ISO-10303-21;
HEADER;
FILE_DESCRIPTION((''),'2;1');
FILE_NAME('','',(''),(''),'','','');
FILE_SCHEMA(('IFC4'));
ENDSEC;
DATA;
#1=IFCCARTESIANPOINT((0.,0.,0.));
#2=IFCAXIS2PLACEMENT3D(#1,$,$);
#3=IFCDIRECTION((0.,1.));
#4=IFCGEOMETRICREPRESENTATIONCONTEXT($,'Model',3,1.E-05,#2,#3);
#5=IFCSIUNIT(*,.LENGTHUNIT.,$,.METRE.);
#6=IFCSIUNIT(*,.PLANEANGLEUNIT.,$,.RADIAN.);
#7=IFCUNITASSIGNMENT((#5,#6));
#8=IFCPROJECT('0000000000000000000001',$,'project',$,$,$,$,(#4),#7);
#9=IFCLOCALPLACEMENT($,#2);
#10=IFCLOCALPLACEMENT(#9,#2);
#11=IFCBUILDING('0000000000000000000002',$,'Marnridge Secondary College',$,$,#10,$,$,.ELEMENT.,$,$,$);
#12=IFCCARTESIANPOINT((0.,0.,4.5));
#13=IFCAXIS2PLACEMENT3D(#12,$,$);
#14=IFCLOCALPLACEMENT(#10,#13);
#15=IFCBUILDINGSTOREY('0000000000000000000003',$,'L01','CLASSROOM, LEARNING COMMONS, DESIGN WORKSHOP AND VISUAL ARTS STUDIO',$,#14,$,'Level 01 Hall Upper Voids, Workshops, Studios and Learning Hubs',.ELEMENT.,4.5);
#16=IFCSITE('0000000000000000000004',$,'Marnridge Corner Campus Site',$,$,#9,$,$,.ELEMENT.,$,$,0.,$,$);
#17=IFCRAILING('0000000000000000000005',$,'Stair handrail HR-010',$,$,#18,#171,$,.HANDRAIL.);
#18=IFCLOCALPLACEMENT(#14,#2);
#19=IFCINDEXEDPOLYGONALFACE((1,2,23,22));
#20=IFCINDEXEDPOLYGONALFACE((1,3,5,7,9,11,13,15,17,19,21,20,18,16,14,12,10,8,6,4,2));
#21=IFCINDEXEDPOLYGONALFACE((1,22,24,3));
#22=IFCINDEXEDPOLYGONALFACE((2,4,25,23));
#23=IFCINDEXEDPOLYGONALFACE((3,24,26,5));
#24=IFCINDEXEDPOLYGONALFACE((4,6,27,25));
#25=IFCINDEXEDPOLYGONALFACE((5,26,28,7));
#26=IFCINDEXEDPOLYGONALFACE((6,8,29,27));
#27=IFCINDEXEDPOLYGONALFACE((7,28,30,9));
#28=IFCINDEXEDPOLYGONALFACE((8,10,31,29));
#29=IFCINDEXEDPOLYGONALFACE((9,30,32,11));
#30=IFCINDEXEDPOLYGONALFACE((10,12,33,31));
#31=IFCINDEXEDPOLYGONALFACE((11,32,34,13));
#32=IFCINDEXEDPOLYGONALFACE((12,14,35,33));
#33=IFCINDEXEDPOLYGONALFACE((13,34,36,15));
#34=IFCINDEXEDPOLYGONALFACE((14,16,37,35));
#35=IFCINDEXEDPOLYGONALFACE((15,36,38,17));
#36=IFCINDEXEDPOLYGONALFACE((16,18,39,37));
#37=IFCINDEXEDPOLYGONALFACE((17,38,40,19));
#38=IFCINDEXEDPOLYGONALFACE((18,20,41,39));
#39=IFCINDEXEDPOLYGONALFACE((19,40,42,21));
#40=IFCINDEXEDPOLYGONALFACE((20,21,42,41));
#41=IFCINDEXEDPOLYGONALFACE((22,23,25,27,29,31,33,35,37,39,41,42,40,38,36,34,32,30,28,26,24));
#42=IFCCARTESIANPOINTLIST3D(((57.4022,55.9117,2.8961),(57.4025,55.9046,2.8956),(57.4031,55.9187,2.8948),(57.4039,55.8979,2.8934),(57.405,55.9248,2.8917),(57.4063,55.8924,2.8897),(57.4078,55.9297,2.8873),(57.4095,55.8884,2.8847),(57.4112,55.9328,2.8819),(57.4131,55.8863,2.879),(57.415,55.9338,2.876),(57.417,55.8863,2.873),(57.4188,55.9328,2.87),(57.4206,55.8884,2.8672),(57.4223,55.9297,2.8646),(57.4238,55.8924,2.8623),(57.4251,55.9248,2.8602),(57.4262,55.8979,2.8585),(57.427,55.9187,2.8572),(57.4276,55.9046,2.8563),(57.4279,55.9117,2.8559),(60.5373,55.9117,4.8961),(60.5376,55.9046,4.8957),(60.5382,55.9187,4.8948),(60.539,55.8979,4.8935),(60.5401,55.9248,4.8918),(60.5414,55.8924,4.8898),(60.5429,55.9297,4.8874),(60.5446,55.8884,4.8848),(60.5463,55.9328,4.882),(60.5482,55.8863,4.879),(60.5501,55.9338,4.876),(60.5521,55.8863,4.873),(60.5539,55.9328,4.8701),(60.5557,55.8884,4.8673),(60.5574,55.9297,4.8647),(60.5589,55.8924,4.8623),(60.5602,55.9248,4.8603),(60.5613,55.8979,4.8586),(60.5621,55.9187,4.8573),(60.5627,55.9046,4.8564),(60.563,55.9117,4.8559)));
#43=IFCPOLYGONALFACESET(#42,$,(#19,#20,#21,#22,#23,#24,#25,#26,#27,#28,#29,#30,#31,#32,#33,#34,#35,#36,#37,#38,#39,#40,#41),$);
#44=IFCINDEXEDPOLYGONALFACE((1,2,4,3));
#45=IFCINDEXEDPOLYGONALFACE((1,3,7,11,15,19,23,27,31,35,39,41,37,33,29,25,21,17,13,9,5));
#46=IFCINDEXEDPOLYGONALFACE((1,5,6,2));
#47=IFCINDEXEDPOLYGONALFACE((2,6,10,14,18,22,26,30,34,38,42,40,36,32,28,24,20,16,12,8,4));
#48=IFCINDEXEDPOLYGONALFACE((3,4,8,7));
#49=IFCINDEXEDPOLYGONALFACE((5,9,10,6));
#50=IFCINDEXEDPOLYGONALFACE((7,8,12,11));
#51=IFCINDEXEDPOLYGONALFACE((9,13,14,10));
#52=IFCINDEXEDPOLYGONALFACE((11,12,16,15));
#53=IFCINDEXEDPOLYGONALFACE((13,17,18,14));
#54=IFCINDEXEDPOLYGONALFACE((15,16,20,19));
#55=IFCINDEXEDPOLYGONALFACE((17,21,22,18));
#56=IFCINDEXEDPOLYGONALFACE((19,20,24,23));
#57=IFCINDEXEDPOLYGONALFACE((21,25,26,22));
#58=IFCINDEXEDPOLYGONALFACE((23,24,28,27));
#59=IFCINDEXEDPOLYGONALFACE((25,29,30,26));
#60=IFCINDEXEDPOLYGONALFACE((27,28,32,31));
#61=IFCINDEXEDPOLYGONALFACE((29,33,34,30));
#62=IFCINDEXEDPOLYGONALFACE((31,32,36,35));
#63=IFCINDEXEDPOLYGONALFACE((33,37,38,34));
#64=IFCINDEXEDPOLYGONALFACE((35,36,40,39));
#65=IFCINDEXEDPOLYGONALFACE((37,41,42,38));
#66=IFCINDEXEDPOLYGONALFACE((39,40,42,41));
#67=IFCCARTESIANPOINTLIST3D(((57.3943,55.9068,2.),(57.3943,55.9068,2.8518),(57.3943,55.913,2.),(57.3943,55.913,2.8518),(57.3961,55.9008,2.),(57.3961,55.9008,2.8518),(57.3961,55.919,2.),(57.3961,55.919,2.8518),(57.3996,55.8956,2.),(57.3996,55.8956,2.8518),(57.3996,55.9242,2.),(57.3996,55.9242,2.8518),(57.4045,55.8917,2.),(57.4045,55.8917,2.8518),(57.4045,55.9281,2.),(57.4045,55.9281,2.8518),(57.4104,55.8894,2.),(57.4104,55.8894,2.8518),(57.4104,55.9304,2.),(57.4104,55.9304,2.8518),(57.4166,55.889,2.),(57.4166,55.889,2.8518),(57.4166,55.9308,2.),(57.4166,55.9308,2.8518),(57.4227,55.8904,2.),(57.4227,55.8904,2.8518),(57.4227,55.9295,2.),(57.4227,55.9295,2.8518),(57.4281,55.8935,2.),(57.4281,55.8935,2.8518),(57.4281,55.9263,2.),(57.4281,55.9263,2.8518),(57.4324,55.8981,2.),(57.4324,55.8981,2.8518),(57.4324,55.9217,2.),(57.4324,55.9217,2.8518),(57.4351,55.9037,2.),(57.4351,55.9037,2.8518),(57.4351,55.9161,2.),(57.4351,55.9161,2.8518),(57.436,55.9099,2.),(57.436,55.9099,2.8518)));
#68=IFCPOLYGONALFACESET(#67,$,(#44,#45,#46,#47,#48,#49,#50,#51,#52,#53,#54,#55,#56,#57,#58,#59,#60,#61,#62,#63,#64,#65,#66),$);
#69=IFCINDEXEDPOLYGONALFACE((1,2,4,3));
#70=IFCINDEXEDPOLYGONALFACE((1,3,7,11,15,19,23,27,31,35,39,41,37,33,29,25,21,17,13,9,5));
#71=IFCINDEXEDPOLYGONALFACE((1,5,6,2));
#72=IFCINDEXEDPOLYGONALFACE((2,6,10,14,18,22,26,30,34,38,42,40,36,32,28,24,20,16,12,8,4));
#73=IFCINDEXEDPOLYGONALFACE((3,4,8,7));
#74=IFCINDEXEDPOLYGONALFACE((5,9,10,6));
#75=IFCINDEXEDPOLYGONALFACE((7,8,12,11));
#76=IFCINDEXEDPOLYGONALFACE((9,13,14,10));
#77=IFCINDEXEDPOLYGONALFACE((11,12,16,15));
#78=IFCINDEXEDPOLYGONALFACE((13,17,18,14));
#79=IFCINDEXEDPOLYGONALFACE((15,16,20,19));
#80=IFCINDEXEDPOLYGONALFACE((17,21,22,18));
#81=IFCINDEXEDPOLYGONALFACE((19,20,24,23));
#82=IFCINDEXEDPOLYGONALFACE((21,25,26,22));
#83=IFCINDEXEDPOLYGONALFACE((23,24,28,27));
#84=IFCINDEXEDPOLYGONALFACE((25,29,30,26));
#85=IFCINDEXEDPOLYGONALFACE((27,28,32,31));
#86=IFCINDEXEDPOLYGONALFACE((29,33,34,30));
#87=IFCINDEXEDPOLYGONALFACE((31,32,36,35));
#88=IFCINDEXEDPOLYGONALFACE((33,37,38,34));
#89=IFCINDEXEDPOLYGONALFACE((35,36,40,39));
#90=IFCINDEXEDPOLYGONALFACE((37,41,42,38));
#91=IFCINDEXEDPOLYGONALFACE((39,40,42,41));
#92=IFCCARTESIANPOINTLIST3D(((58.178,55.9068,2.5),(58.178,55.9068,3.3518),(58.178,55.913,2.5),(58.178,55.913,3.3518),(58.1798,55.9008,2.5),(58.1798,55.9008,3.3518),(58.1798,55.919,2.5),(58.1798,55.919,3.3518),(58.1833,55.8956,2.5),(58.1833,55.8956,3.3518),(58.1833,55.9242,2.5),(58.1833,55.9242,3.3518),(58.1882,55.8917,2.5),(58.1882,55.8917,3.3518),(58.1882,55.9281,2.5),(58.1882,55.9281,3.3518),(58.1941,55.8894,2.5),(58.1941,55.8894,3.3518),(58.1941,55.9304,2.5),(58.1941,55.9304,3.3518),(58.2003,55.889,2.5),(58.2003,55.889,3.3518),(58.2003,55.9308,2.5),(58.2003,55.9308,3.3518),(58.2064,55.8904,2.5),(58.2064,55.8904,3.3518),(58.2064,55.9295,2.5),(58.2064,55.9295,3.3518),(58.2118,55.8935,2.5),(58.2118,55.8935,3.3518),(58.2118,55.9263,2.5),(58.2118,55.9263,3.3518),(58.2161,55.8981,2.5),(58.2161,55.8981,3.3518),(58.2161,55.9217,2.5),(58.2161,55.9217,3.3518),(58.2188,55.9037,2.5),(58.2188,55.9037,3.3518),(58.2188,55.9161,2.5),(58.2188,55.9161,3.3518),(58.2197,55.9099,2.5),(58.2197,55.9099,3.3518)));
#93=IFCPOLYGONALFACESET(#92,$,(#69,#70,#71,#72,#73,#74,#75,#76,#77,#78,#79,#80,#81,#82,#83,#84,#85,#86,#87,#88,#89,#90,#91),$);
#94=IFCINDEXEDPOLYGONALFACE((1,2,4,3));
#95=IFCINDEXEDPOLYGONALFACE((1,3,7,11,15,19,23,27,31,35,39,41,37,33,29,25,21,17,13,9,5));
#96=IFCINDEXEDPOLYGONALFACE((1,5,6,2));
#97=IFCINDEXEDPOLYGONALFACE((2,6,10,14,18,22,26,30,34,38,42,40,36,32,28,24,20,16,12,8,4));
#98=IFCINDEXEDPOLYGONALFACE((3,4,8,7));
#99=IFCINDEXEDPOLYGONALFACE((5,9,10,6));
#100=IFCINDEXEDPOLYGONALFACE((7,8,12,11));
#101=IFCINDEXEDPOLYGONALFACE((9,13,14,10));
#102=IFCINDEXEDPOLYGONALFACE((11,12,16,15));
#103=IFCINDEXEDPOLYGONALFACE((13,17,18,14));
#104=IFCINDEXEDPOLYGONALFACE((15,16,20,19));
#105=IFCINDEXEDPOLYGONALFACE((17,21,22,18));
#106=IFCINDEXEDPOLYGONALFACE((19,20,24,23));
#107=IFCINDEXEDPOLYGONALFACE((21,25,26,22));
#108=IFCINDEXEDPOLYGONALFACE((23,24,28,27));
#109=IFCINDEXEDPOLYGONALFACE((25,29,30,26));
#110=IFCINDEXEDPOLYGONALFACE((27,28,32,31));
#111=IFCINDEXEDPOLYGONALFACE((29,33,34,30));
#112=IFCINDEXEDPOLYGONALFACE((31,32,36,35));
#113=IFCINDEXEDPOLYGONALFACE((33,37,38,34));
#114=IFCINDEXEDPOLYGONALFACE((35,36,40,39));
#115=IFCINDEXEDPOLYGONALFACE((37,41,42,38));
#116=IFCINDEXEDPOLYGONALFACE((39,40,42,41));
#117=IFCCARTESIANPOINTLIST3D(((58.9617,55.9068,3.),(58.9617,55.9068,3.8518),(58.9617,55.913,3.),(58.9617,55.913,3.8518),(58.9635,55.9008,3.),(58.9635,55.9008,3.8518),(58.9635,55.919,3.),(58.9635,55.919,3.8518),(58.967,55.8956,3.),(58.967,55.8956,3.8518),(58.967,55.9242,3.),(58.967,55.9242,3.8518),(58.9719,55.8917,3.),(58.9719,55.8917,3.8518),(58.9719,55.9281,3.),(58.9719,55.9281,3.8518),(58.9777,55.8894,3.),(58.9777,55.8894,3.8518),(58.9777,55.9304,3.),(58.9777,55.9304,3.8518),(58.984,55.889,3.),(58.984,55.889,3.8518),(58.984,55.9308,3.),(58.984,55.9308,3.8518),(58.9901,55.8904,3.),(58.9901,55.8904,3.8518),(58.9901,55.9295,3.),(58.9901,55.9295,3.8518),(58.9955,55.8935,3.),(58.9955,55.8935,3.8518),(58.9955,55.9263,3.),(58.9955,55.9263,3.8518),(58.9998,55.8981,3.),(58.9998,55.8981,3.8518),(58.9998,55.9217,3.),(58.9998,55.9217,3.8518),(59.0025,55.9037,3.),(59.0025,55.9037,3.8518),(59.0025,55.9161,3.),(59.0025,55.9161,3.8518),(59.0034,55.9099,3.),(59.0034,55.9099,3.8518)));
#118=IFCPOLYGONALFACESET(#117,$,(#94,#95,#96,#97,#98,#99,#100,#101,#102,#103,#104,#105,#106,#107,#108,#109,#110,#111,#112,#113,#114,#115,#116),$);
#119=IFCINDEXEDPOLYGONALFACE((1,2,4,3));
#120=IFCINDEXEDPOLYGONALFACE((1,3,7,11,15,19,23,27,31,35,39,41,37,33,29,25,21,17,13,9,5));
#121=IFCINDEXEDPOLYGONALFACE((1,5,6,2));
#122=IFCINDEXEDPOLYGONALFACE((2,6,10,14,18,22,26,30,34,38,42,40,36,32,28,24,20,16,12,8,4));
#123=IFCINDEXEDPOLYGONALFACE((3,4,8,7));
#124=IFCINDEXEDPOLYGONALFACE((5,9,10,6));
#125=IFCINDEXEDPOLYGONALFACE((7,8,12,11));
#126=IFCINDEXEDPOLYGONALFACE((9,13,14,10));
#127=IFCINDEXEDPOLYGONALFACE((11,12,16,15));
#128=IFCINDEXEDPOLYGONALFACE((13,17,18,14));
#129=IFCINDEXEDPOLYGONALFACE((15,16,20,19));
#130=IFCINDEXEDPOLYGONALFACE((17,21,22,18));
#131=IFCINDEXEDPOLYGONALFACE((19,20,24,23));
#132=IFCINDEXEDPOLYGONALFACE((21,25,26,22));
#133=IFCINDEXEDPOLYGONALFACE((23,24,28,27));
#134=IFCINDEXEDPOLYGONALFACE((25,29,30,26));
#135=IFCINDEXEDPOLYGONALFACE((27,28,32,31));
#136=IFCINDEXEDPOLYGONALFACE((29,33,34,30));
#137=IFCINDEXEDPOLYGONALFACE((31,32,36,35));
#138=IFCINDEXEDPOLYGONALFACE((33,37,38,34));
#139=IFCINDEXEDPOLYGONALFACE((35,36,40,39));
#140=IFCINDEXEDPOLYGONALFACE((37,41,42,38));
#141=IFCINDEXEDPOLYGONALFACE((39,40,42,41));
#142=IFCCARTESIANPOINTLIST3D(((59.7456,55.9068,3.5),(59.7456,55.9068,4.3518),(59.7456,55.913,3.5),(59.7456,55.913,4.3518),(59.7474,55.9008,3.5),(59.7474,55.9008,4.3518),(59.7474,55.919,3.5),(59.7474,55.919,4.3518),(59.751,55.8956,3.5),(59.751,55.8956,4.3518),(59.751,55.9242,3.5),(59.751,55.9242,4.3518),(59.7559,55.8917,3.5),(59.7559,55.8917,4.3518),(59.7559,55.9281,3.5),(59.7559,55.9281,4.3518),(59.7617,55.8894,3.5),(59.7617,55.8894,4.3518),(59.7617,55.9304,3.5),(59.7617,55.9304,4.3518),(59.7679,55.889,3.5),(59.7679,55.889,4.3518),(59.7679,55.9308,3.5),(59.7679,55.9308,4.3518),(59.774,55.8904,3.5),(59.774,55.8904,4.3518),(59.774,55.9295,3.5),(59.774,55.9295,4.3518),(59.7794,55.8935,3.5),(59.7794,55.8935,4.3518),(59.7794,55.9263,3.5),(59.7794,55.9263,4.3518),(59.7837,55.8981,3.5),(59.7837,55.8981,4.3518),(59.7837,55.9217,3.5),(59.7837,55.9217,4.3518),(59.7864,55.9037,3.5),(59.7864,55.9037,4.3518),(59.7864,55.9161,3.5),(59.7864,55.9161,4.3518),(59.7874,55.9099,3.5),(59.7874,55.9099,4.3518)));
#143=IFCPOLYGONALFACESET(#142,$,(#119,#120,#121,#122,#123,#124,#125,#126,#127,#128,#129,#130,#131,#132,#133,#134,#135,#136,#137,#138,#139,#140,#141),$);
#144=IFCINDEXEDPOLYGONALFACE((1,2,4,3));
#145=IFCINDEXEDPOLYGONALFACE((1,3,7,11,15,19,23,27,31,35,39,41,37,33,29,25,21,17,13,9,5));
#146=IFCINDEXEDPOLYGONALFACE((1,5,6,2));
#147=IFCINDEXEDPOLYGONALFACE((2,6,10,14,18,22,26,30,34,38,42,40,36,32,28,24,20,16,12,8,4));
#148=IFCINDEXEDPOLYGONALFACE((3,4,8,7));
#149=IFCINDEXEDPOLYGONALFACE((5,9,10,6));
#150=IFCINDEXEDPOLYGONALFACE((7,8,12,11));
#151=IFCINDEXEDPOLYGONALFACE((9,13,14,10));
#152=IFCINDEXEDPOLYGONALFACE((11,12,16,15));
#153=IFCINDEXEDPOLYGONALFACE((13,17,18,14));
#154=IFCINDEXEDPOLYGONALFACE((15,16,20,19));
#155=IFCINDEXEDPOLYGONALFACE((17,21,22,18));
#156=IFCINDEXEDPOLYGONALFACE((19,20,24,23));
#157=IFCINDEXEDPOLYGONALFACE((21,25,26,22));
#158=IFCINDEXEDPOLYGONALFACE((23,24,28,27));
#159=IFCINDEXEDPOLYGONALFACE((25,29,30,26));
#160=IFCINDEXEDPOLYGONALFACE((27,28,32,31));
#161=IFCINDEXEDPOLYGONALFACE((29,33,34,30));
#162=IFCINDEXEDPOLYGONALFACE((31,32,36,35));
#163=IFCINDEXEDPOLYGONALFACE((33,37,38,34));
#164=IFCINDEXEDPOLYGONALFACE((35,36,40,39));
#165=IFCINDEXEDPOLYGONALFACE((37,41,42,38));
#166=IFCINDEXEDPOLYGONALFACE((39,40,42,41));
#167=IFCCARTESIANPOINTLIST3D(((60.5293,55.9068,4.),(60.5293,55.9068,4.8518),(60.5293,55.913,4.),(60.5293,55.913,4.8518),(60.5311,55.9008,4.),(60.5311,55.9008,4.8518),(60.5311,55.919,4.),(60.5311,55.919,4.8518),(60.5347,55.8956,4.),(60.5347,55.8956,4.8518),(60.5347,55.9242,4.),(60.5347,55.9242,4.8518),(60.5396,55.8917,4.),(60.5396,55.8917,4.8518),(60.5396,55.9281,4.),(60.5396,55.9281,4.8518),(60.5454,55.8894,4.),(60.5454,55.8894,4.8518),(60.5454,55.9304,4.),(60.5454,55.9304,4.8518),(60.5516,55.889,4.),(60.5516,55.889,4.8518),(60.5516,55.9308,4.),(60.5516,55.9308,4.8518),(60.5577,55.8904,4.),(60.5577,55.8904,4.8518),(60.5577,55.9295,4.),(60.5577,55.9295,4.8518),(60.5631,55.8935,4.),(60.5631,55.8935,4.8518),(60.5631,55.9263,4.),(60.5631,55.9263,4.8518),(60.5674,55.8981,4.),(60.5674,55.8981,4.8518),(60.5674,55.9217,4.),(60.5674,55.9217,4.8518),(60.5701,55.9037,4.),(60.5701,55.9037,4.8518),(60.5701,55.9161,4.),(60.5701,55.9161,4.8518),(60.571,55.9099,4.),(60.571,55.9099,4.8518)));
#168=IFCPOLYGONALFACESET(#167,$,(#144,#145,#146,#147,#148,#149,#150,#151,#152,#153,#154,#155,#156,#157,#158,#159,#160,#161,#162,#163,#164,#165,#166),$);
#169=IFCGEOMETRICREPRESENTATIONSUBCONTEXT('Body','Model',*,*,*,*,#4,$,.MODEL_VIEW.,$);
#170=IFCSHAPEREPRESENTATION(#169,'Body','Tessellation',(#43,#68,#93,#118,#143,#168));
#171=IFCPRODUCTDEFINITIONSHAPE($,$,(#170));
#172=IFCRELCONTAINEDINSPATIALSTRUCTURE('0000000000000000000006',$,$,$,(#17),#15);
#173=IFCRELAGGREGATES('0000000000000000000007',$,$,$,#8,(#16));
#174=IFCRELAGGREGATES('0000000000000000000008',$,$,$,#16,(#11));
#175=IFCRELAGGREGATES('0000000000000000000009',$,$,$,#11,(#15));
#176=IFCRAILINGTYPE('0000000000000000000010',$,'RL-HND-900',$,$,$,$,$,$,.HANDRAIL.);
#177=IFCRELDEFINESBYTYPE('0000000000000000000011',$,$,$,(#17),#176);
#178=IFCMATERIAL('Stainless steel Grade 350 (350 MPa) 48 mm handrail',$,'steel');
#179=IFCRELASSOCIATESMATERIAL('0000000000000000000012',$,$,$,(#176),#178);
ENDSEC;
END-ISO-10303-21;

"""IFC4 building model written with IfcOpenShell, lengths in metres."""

from ifc_helpers import new_model, si_unit, direction, frame, origin, origin_2d, place, context, subcontext, project, spatial, circle, extrude, material, type_object, element, save


model = new_model("IFC4")

# Units and contexts
model_context = context("Model", 3, precision=1e-05, world=origin(), true_north=direction((0.0, 1.0)))
body_context = subcontext(model_context, "Body", "Model", "MODEL_VIEW")
ifc_project = project(units=[si_unit("LENGTHUNIT", "METRE"), si_unit("PLANEANGLEUNIT", "RADIAN")], contexts=[model_context])

# Site, building, storey
site_placement = place(None, origin())
site = spatial("IfcSite", under=ifc_project, at=site_placement, Name="Marnridge Corner Campus Site", CompositionType="ELEMENT", RefElevation=0.0)
building_placement = place(site_placement, origin())
building = spatial("IfcBuilding", under=site, at=building_placement, Name="Marnridge Secondary College", CompositionType="ELEMENT")
storey_placement = place(building_placement, frame((0.0, 0.0, 4.5)))
storey = spatial("IfcBuildingStorey", under=building, at=storey_placement, Name="L01", Description="CLASSROOM, LEARNING COMMONS, DESIGN WORKSHOP AND VISUAL ARTS STUDIO", LongName="Level 01 Hall Upper Voids, Workshops, Studios and Learning Hubs", CompositionType="ELEMENT", Elevation=4.5)

# Railing
ifc_material_1 = material(Name="Stainless steel Grade 350 (350 MPa) 48 mm handrail", Category="steel")
railing_type_1 = type_object("IfcRailingType", Name="RL-HND-900", PredefinedType="HANDRAIL", material=ifc_material_1)
for number, where, name in (
    (1, (57.415, 55.9099, 2.0), "Stair handrail HR-010"),
):
    element("IfcRailing", number, at=place(storey_placement, frame(where)), inside=storey, type_object=railing_type_1, Name=name, PredefinedType="HANDRAIL", context=body_context, shape_type="SweptSolid", body=[
        extrude(circle(Radius=0.0239, at=origin_2d()), frame((0.0, 0.0, 0.876), z_axis=(0.843053, 0.0, 0.537831), x_axis=(0.0, 1.0, 0.0)), (0.0, 0.0, 1.0), 3.7188),
        extrude(circle(Radius=0.021, at=origin_2d()), origin(), (0.0, 0.0, 1.0), 0.8518),
        extrude(circle(Radius=0.021, at=origin_2d()), frame((0.7837, 0.0, 0.5)), (0.0, 0.0, 1.0), 0.8518),
        extrude(circle(Radius=0.021, at=origin_2d()), frame((1.5674, 0.0, 1.0)), (0.0, 0.0, 1.0), 0.8518),
        extrude(circle(Radius=0.021, at=origin_2d()), frame((2.3513, 0.0, 1.5)), (0.0, 0.0, 1.0), 0.8518),
        extrude(circle(Radius=0.021, at=origin_2d()), frame((3.135, 0.0, 2.0)), (0.0, 0.0, 1.0), 0.8518),
    ])

save(model, "model.ifc")
